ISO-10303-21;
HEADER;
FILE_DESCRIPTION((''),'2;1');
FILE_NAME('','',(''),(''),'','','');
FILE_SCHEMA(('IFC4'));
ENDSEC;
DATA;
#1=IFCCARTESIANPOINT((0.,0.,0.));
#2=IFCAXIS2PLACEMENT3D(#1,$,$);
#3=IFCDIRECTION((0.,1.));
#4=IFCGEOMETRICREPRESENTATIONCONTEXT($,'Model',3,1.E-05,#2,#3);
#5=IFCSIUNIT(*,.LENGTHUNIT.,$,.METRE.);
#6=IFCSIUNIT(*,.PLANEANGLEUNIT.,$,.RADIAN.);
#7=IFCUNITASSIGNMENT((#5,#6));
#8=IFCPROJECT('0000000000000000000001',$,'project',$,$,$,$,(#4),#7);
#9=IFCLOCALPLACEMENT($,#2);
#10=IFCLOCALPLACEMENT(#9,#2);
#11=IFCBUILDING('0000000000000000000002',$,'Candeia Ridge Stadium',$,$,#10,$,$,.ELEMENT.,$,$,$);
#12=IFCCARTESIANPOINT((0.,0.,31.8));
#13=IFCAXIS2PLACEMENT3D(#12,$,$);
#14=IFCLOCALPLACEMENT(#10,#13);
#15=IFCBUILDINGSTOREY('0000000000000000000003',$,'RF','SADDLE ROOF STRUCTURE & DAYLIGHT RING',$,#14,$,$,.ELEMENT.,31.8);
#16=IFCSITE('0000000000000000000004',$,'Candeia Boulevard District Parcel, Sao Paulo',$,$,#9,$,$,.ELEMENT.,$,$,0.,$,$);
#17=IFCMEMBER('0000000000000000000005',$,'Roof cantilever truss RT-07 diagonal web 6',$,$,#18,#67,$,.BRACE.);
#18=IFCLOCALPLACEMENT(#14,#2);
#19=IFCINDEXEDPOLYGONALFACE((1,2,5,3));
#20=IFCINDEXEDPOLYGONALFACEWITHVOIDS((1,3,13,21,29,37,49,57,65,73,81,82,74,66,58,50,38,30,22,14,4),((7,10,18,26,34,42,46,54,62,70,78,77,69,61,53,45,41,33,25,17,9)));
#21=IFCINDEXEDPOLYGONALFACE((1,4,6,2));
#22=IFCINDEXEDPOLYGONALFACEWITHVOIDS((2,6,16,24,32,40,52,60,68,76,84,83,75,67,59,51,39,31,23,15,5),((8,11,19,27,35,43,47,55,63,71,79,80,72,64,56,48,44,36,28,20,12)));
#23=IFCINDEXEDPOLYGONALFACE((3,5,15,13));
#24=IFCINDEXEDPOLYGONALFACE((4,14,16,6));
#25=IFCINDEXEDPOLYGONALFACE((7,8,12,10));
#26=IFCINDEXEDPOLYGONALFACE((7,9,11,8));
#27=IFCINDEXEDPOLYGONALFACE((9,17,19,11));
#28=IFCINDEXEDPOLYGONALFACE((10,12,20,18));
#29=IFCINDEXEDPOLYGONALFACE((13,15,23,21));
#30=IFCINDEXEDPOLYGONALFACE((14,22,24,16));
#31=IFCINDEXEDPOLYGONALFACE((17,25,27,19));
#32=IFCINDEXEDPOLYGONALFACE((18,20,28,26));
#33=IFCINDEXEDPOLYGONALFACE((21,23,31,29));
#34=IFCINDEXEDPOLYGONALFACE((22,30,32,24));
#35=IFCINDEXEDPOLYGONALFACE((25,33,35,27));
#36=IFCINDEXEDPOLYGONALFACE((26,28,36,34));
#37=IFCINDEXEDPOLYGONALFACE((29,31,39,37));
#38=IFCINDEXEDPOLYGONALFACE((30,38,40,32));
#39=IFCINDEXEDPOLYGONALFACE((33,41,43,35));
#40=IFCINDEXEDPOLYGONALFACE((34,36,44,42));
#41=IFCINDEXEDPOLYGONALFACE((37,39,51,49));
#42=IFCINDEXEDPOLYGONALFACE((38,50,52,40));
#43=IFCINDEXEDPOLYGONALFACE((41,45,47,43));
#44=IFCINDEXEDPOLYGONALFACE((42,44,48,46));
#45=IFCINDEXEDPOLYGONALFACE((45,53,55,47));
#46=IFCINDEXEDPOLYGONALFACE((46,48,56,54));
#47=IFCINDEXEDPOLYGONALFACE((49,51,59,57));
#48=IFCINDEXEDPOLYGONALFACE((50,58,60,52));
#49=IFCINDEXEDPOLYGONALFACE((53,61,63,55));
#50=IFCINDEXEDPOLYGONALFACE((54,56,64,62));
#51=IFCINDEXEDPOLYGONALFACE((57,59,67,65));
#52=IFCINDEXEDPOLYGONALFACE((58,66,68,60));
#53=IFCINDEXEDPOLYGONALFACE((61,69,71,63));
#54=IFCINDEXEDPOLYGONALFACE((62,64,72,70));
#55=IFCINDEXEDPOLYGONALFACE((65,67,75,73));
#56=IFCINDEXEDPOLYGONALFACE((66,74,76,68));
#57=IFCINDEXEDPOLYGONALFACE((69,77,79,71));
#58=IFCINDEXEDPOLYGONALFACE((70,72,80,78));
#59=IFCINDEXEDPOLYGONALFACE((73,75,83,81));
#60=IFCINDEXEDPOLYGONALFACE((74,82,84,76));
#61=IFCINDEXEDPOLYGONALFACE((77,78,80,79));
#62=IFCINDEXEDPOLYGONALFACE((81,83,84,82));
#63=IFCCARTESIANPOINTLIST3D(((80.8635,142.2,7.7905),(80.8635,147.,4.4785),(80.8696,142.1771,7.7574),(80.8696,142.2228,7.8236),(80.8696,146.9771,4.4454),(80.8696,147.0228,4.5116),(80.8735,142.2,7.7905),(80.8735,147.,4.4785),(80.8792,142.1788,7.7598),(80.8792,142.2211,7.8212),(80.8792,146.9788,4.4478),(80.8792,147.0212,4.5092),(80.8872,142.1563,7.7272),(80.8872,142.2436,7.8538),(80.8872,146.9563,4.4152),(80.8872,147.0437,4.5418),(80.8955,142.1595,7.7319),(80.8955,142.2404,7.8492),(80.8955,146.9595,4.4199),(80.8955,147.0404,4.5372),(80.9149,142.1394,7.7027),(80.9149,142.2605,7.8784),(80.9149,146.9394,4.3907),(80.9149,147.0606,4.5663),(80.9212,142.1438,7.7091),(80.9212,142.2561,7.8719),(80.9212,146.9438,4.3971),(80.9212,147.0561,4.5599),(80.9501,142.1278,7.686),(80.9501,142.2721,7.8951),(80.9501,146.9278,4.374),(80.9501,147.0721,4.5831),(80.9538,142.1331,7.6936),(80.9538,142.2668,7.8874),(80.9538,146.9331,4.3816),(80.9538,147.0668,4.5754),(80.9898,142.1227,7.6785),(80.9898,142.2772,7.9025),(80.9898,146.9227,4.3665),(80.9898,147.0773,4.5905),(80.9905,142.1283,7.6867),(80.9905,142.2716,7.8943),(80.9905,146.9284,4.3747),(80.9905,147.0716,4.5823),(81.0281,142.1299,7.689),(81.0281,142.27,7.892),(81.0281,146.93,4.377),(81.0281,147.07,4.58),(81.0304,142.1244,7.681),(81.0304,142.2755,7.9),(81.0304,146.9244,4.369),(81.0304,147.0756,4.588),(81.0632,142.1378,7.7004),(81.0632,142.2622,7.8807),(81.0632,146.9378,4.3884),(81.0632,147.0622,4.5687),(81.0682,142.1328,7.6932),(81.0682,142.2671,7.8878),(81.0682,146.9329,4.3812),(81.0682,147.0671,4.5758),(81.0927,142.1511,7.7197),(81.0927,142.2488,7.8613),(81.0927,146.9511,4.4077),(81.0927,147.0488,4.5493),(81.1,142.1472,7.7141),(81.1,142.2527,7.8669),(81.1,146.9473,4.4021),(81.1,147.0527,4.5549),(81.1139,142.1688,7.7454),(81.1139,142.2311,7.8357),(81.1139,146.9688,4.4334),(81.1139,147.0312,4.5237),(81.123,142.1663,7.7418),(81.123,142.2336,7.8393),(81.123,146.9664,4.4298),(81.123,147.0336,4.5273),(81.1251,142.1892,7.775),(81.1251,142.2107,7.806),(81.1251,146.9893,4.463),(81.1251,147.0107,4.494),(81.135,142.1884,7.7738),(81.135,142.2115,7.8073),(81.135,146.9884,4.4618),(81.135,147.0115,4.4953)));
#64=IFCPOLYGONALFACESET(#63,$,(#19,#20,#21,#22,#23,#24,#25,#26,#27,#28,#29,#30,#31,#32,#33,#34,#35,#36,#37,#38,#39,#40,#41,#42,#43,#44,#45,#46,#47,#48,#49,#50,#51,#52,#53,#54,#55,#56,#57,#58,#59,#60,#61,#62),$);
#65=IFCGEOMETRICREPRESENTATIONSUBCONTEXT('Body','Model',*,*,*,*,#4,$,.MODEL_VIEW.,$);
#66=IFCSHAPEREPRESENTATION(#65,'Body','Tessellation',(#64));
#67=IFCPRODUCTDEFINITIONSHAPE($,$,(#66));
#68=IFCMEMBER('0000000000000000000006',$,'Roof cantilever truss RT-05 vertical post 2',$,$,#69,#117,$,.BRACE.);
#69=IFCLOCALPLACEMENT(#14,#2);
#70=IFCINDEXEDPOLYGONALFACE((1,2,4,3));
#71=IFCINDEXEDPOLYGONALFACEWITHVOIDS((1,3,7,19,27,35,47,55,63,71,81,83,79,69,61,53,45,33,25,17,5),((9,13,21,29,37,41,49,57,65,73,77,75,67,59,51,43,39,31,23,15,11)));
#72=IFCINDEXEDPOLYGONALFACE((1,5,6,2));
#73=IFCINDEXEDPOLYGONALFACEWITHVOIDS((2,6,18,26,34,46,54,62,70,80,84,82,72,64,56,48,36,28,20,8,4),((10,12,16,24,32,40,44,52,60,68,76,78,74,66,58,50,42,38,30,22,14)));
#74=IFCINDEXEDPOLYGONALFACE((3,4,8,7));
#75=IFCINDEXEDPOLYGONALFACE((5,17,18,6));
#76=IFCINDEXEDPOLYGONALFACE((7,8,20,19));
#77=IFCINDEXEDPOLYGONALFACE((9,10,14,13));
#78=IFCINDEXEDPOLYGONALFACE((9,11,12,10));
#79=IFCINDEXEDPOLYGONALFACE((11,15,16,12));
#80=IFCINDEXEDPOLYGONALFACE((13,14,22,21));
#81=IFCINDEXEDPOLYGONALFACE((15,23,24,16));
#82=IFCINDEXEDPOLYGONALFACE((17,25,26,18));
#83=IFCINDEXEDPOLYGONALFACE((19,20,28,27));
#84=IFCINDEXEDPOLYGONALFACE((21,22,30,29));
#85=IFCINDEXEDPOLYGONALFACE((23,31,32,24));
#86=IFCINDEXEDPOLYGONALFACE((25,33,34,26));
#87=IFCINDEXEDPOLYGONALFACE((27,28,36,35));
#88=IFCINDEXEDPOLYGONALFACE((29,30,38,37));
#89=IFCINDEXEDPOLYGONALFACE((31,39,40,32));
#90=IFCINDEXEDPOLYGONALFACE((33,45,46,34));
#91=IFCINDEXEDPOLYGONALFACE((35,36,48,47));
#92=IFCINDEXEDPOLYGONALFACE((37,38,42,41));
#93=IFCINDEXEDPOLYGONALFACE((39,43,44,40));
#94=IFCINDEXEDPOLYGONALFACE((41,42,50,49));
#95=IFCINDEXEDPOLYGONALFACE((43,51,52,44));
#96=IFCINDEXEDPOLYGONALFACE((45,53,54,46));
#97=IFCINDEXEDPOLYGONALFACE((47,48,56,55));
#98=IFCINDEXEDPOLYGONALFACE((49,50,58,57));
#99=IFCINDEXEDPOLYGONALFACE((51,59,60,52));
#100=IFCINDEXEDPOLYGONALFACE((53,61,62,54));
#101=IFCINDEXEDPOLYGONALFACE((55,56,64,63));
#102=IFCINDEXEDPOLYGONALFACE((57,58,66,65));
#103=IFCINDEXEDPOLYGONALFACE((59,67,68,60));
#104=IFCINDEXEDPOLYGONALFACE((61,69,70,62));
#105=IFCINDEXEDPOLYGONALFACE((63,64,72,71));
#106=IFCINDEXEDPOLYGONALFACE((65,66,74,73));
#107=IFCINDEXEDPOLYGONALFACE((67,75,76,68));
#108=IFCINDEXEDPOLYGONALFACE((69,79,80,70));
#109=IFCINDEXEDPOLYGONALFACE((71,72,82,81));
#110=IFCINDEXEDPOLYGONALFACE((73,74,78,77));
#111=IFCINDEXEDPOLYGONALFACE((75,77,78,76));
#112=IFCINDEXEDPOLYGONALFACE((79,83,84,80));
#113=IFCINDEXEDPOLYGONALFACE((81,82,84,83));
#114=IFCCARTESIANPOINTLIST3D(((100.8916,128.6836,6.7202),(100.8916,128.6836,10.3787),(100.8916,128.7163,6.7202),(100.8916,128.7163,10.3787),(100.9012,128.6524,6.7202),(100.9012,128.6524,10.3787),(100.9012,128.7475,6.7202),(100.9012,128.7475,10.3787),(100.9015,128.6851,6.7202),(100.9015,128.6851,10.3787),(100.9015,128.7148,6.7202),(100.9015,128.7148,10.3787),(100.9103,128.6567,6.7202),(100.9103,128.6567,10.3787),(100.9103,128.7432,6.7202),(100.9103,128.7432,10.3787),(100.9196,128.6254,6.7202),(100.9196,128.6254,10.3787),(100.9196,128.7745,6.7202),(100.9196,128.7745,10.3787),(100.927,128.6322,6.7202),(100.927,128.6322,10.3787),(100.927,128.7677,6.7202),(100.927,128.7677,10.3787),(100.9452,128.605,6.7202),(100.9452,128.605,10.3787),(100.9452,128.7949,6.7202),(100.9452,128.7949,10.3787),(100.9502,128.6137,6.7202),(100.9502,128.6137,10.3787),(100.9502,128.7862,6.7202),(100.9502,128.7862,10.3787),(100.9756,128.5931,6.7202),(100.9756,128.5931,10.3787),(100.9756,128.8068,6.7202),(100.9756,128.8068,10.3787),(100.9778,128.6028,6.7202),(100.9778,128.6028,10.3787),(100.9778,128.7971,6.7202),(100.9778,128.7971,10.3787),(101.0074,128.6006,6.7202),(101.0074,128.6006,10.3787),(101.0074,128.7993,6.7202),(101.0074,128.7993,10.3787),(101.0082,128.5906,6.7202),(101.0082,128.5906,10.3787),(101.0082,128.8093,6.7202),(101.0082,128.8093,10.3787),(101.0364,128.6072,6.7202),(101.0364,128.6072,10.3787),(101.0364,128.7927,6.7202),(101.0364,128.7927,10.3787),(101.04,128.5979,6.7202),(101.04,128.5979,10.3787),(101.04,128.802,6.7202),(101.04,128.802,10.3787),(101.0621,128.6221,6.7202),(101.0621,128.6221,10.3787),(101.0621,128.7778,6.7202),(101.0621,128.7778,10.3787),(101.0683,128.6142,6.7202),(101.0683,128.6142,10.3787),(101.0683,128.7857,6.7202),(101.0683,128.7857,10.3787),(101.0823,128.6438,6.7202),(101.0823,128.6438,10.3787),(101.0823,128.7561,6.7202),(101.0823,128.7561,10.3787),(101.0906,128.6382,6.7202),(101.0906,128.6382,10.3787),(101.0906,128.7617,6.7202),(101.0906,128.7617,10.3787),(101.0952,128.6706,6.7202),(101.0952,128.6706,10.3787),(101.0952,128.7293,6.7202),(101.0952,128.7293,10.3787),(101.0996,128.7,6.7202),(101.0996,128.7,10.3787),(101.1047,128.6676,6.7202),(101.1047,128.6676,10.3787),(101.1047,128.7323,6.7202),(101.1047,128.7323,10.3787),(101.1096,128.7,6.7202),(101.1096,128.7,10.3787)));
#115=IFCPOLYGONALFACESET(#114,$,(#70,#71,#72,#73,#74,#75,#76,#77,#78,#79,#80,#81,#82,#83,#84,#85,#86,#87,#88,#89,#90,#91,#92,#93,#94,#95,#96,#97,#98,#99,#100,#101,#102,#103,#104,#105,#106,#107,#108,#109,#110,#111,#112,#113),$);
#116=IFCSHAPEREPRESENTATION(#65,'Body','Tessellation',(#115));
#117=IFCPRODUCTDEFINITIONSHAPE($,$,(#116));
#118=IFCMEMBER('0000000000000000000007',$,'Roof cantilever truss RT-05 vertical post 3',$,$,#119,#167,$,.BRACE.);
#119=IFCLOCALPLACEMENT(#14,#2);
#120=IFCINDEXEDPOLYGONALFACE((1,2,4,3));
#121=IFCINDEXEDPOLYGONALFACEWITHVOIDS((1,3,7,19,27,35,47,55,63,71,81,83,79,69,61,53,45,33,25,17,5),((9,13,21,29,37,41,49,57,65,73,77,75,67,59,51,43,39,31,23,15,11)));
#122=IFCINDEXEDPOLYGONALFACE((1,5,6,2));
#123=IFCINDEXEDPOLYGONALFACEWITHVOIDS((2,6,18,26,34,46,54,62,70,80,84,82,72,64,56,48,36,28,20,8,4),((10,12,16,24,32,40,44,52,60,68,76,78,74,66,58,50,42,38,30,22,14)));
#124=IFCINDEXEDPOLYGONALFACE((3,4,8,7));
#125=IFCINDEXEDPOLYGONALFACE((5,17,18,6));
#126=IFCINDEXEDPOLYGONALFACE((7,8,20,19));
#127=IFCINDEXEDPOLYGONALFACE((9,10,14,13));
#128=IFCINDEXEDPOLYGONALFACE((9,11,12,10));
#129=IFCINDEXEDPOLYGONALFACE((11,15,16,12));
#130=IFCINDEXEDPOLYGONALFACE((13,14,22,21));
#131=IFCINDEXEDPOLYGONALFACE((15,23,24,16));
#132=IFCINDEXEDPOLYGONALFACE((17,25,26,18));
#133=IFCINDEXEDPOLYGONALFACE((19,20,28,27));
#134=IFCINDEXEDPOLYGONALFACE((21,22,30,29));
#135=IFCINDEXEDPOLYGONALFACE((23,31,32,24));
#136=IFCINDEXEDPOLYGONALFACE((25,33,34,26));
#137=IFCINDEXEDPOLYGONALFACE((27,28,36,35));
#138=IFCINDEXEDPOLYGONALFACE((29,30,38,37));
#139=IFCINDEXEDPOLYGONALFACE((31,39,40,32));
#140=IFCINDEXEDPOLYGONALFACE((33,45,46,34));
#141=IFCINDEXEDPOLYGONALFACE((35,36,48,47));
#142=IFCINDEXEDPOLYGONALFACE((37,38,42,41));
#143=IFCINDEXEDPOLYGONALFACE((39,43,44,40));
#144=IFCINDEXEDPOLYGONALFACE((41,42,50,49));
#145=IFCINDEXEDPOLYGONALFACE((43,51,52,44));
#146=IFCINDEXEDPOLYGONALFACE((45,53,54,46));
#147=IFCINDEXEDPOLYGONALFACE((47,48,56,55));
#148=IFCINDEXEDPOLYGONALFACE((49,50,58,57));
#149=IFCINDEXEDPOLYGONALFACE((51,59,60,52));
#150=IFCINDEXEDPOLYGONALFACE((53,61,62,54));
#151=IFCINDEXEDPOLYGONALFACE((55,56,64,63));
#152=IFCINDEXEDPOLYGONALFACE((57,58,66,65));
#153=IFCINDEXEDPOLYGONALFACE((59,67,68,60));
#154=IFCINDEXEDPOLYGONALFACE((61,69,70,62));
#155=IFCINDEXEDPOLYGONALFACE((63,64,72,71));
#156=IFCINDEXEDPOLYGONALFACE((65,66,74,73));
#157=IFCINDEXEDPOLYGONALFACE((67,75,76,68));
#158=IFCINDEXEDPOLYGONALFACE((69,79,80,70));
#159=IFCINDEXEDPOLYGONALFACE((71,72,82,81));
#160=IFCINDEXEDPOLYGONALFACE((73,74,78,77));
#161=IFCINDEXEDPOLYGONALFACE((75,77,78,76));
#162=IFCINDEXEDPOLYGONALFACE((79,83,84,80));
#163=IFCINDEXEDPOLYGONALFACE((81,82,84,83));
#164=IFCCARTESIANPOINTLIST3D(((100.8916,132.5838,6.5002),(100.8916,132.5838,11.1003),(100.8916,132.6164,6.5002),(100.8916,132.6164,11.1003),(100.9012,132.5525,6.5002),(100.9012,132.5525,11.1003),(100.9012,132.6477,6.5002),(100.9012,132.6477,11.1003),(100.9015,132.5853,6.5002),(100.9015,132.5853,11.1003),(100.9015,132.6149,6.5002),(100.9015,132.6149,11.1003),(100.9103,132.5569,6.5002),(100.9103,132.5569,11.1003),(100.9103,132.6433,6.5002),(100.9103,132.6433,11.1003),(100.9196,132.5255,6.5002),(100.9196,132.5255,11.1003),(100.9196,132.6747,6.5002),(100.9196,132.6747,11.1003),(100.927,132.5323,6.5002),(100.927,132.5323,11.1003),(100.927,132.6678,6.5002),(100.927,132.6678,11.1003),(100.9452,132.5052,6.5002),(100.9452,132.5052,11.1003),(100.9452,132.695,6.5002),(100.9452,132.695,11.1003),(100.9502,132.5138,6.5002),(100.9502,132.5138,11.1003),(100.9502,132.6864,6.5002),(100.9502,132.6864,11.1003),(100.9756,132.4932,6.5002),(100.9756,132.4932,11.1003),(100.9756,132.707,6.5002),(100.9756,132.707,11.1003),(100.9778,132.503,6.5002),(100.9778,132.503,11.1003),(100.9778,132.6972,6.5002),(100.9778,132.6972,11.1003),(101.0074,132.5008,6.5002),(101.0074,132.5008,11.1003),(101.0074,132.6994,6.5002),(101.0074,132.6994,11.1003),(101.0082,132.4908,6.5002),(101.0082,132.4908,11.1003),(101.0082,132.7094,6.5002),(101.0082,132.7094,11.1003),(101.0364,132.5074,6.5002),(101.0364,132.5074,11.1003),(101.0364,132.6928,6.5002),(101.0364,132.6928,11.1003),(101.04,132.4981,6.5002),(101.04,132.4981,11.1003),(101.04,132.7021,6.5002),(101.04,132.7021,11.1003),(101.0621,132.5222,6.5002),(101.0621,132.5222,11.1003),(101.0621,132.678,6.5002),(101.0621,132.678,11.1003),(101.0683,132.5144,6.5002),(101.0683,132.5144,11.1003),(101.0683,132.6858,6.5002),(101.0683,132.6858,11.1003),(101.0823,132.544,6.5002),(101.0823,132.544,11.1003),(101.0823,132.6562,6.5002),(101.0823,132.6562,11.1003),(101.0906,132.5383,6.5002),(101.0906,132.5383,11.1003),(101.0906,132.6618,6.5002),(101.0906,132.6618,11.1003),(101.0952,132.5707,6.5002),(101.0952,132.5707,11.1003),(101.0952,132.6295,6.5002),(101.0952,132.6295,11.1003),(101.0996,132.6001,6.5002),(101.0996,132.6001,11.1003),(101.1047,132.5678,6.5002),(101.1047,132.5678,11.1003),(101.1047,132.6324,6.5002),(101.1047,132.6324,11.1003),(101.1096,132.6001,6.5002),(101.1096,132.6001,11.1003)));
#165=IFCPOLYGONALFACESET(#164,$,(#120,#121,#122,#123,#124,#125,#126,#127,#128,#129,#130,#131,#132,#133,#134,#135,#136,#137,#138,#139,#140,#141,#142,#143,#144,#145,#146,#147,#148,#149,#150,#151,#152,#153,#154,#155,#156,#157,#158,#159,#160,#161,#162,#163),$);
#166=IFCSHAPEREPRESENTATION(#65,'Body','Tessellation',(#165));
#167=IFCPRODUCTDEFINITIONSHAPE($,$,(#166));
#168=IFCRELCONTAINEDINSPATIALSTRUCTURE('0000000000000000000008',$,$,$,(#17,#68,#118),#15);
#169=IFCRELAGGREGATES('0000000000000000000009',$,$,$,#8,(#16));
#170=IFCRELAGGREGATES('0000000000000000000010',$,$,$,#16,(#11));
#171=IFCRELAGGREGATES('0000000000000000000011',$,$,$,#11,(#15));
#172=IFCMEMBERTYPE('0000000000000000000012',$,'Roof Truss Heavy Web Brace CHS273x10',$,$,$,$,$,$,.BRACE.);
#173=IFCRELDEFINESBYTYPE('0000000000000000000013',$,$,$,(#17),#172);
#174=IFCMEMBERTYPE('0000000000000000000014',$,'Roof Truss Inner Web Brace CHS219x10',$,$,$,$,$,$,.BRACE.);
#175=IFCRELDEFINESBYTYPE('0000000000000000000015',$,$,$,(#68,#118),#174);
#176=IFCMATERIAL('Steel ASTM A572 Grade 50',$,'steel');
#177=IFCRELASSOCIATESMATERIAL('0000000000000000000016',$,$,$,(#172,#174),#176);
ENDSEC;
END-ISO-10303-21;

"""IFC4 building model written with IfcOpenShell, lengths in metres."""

from ifc_helpers import new_model, si_unit, direction, frame, origin, origin_2d, place, context, subcontext, project, spatial, hollow_circle, extrude, material, material_profile, profile_set, type_object, element, save


model = new_model("IFC4")

# Units and contexts
model_context = context("Model", 3, precision=1e-05, world=origin(), true_north=direction((0.0, 1.0)))
body_context = subcontext(model_context, "Body", "Model", "MODEL_VIEW")
ifc_project = project(units=[si_unit("LENGTHUNIT", "METRE"), si_unit("PLANEANGLEUNIT", "RADIAN")], contexts=[model_context])

# Site, building, storey
site_placement = place(None, origin())
site = spatial("IfcSite", under=ifc_project, at=site_placement, Name="Candeia Boulevard District Parcel, Sao Paulo", CompositionType="ELEMENT", RefElevation=0.0)
building_placement = place(site_placement, origin())
building = spatial("IfcBuilding", under=site, at=building_placement, Name="Candeia Ridge Stadium", CompositionType="ELEMENT")
storey_placement = place(building_placement, frame((0.0, 0.0, 31.8)))
storey = spatial("IfcBuildingStorey", under=building, at=storey_placement, Name="RF", Description="SADDLE ROOF STRUCTURE & DAYLIGHT RING", CompositionType="ELEMENT", Elevation=31.8)

# Shared definitions
ifc_material = material(Name="Steel ASTM A572 Grade 50", Category="steel")

# Members
ifc_material_profile_1 = material_profile(ifc_material, hollow_circle(Radius=0.1365, WallThickness=0.01, at=origin_2d()), Name="CHS273x10", Category="steel")
ifc_profile_set_1 = profile_set([ifc_material_profile_1], Name="Steel ASTM A572 Grade 50")
member_type_1 = type_object("IfcMemberType", Name="Roof Truss Heavy Web Brace CHS273x10", PredefinedType="BRACE", material=ifc_profile_set_1)
member_1_placement = place(storey_placement, frame((81.0, 142.2, 7.7905), z_axis=(0.0, 0.823082, -0.567923), x_axis=(-1.0, 0.0, 0.0)))
element("IfcMember", 1, at=member_1_placement, inside=storey, type_object=member_type_1, Name="Roof cantilever truss RT-07 diagonal web 6", PredefinedType="BRACE", context=body_context, shape_type="SweptSolid", body=[
    extrude(hollow_circle(Radius=0.1365, WallThickness=0.01, at=origin_2d()), origin(), (0.0, 0.0, 1.0), 5.8318),
])
ifc_material_profile_2 = material_profile(ifc_material, hollow_circle(Radius=0.1096, WallThickness=0.01, at=origin_2d()), Name="CHS219x10", Category="steel")
ifc_profile_set_2 = profile_set([ifc_material_profile_2], Name="Steel ASTM A572 Grade 50")
member_type_2 = type_object("IfcMemberType", Name="Roof Truss Inner Web Brace CHS219x10", PredefinedType="BRACE", material=ifc_profile_set_2)
member_2_placement = place(storey_placement, frame((101.0, 128.7, 6.7202), z_axis=(0.0, 0.0, 1.0), x_axis=(1.0, 0.0, 0.0)))
element("IfcMember", 2, at=member_2_placement, inside=storey, type_object=member_type_2, Name="Roof cantilever truss RT-05 vertical post 2", PredefinedType="BRACE", context=body_context, shape_type="SweptSolid", body=[
    extrude(hollow_circle(Radius=0.1096, WallThickness=0.01, at=origin_2d()), origin(), (0.0, 0.0, 1.0), 3.6584),
])
member_3_placement = place(storey_placement, frame((101.0, 132.6001, 6.5002), z_axis=(0.0, 0.0, 1.0), x_axis=(1.0, 0.0, 0.0)))
element("IfcMember", 3, at=member_3_placement, inside=storey, type_object=member_type_2, Name="Roof cantilever truss RT-05 vertical post 3", PredefinedType="BRACE", context=body_context, shape_type="SweptSolid", body=[
    extrude(hollow_circle(Radius=0.1096, WallThickness=0.01, at=origin_2d()), origin(), (0.0, 0.0, 1.0), 4.6001),
])

save(model, "model.ifc")
